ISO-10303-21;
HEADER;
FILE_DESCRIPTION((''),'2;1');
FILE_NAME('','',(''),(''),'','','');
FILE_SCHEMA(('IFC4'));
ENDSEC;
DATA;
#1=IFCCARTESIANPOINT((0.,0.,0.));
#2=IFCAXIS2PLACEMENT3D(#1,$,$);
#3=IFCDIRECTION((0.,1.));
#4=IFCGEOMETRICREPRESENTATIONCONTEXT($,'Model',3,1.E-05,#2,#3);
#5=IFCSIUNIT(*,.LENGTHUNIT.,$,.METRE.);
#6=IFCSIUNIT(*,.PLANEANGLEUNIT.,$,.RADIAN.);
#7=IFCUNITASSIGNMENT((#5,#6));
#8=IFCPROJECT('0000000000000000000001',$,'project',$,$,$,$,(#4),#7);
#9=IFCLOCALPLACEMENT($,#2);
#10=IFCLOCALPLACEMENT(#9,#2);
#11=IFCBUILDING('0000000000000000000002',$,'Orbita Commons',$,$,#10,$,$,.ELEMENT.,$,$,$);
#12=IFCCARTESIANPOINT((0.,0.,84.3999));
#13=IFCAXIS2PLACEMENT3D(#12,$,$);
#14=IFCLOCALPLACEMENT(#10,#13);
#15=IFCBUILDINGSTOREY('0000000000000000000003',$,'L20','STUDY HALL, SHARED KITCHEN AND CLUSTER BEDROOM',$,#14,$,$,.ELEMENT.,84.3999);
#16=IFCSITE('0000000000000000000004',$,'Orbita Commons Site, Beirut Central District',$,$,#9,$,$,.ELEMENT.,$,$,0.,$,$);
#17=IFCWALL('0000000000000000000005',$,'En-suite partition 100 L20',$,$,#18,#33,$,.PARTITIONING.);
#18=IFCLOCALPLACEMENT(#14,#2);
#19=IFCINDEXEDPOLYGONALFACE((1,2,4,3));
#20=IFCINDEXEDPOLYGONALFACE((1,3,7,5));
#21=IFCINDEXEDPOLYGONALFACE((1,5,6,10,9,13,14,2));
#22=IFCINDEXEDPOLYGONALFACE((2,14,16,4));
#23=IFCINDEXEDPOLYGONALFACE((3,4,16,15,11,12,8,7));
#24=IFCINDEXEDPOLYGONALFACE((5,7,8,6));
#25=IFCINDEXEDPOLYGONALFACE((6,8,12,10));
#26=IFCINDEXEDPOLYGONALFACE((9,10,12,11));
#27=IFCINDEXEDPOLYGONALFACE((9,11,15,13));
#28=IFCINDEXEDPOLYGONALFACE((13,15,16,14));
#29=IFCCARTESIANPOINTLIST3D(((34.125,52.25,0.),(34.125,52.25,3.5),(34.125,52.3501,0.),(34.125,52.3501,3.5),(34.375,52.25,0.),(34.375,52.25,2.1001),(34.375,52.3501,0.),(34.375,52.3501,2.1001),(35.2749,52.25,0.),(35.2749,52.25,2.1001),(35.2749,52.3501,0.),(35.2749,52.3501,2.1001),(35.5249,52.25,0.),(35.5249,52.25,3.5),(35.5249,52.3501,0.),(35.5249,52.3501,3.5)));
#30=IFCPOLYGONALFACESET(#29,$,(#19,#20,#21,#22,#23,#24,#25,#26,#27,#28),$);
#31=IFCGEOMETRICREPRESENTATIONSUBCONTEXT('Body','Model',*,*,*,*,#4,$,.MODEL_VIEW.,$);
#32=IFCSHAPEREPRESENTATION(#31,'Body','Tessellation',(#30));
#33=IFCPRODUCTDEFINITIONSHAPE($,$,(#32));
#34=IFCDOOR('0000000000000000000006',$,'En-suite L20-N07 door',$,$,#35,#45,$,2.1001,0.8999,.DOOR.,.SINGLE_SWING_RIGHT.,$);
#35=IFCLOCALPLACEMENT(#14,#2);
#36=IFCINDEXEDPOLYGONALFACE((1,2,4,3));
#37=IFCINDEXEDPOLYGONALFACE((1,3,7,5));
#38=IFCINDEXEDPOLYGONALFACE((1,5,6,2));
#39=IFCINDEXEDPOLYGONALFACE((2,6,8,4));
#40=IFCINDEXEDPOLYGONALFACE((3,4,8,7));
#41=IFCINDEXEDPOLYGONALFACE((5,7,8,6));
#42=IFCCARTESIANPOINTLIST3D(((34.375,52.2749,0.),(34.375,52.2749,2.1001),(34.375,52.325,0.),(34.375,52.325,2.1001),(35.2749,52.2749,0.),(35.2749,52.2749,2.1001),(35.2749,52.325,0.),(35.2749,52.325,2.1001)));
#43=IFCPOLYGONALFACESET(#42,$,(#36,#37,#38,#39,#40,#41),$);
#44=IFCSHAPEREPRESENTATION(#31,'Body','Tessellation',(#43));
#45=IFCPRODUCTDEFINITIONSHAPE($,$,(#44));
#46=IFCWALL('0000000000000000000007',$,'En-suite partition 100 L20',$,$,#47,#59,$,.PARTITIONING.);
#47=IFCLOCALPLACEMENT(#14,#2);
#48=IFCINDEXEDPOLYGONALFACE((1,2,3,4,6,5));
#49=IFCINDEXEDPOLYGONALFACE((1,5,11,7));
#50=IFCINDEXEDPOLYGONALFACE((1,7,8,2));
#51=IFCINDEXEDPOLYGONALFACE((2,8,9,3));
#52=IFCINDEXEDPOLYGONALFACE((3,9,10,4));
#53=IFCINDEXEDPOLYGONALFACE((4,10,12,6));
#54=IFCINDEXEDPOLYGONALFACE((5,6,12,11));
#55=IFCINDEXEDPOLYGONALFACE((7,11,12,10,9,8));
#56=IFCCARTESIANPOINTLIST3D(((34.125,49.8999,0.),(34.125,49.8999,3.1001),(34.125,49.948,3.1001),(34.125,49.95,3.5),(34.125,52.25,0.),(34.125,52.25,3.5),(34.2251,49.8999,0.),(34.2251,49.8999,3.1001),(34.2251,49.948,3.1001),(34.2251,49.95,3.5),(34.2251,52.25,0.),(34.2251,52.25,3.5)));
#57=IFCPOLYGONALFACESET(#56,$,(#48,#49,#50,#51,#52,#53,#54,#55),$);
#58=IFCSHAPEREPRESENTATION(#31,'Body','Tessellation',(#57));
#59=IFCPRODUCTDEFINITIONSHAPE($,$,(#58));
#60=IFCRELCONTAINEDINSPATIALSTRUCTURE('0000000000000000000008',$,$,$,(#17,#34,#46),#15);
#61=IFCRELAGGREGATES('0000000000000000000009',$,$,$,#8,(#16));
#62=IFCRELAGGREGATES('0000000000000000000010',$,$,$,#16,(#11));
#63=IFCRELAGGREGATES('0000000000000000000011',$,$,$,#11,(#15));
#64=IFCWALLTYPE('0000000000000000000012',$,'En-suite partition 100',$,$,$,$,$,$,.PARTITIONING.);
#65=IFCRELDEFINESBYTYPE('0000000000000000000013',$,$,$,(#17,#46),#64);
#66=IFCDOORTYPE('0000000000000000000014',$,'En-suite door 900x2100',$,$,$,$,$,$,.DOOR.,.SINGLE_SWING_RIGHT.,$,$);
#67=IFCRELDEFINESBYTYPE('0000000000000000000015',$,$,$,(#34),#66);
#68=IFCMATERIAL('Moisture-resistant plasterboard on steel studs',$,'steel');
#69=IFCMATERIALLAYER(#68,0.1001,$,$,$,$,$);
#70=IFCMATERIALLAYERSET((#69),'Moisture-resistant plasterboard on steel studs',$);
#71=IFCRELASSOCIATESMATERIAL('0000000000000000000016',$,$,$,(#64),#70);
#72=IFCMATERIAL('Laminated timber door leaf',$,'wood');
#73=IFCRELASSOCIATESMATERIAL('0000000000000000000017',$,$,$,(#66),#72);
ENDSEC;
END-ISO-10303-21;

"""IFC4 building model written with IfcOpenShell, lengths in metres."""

from ifc_helpers import new_model, si_unit, direction, frame, frame_2d, origin, place, context, subcontext, project, spatial, polyline, rectangle, outline, extrude, material, layer, layer_set, type_object, element, fill, save


model = new_model("IFC4")

# Units and contexts
model_context = context("Model", 3, precision=1e-05, world=origin(), true_north=direction((0.0, 1.0)))
body_context = subcontext(model_context, "Body", "Model", "MODEL_VIEW")
ifc_project = project(units=[si_unit("LENGTHUNIT", "METRE"), si_unit("PLANEANGLEUNIT", "RADIAN")], contexts=[model_context])

# Site, building, storey
site_placement = place(None, origin())
site = spatial("IfcSite", under=ifc_project, at=site_placement, Name="Orbita Commons Site, Beirut Central District", CompositionType="ELEMENT", RefElevation=0.0)
building_placement = place(site_placement, origin())
building = spatial("IfcBuilding", under=site, at=building_placement, Name="Orbita Commons", CompositionType="ELEMENT")
storey_placement = place(building_placement, frame((0.0, 0.0, 84.3999)))
storey = spatial("IfcBuildingStorey", under=building, at=storey_placement, Name="L20", Description="STUDY HALL, SHARED KITCHEN AND CLUSTER BEDROOM", CompositionType="ELEMENT", Elevation=84.3999)

# Shared definitions
ifc_material_1 = material(Name="Moisture-resistant plasterboard on steel studs", Category="steel")
ifc_layer_1 = layer(ifc_material_1, 0.1001)
ifc_layer_set_1 = layer_set([ifc_layer_1], Name="Moisture-resistant plasterboard on steel studs")
wall_type_1 = type_object("IfcWallType", Name="En-suite partition 100", PredefinedType="PARTITIONING", material=ifc_layer_set_1)
ifc_material_2 = material(Name="Laminated timber door leaf", Category="wood")
door_type_1 = type_object("IfcDoorType", Name="En-suite door 900x2100", OperationType="SINGLE_SWING_RIGHT", PredefinedType="DOOR", material=ifc_material_2)

# Wall, opening, door
wall_1_placement = place(storey_placement, frame((34.125, 52.3, 0.0), z_axis=(0.0, 0.0, 1.0), x_axis=(1.0, 0.0, 0.0)))
wall_1 = element("IfcWall", 1, at=wall_1_placement, inside=storey, type_object=wall_type_1, Name="En-suite partition 100 L20", PredefinedType="PARTITIONING", context=body_context, shape_type="SweptSolid", body=[
    extrude(rectangle(XDim=1.3999, YDim=0.1001, at=frame_2d((0.7, 0.0))), origin(), (0.0, 0.0, 1.0), 3.5),
])
opening_1_placement = place(wall_1_placement, frame((0.25, 0.0, 0.0)))
opening_1 = element("IfcOpeningElement", 2, at=opening_1_placement, cuts=wall_1, PredefinedType="OPENING", context=body_context, shape_type="SweptSolid", body=[
    extrude(rectangle(XDim=0.8999, YDim=2.1001, at=frame_2d((0.45, 1.05))), frame((0.0, 0.0601, 0.0), z_axis=(0.0, -1.0, 0.0), x_axis=(1.0, 0.0, 0.0)), (0.0, 0.0, 1.0), 0.1201),
])
door_1_placement = place(opening_1_placement, origin())
door_1 = element("IfcDoor", 3, at=door_1_placement, inside=storey, type_object=door_type_1, Name="En-suite L20-N07 door", OperationType="SINGLE_SWING_RIGHT", OverallHeight=2.1001, OverallWidth=0.8999, PredefinedType="DOOR", context=body_context, shape_type="SweptSolid", body=[
    extrude(rectangle(XDim=0.8999, YDim=2.1001, at=frame_2d((0.45, 1.05))), frame((0.0, 0.0249, 0.0), z_axis=(0.0, -1.0, 0.0), x_axis=(1.0, 0.0, 0.0)), (0.0, 0.0, 1.0), 0.05),
])
fill(opening_1, door_1)

# Wall
wall_2_placement = place(storey_placement, frame((34.175, 52.25, 0.0), z_axis=(0.0, 0.0, 1.0), x_axis=(0.0, -1.0, 0.0)))
element("IfcWall", 4, at=wall_2_placement, inside=storey, type_object=wall_type_1, Name="En-suite partition 100 L20", PredefinedType="PARTITIONING", context=body_context, shape_type="SweptSolid", body=[
    extrude(outline(polyline([(0.0, 0.0), (2.3501, 0.0), (2.3501, 3.1001), (2.302, 3.1001), (2.3, 3.5), (0.0, 3.5), (0.0, 0.0)])), frame((0.0, 0.05, 0.0), z_axis=(0.0, -1.0, 0.0), x_axis=(1.0, 0.0, 0.0)), (0.0, 0.0, 1.0), 0.1001),
])

save(model, "model.ifc")
